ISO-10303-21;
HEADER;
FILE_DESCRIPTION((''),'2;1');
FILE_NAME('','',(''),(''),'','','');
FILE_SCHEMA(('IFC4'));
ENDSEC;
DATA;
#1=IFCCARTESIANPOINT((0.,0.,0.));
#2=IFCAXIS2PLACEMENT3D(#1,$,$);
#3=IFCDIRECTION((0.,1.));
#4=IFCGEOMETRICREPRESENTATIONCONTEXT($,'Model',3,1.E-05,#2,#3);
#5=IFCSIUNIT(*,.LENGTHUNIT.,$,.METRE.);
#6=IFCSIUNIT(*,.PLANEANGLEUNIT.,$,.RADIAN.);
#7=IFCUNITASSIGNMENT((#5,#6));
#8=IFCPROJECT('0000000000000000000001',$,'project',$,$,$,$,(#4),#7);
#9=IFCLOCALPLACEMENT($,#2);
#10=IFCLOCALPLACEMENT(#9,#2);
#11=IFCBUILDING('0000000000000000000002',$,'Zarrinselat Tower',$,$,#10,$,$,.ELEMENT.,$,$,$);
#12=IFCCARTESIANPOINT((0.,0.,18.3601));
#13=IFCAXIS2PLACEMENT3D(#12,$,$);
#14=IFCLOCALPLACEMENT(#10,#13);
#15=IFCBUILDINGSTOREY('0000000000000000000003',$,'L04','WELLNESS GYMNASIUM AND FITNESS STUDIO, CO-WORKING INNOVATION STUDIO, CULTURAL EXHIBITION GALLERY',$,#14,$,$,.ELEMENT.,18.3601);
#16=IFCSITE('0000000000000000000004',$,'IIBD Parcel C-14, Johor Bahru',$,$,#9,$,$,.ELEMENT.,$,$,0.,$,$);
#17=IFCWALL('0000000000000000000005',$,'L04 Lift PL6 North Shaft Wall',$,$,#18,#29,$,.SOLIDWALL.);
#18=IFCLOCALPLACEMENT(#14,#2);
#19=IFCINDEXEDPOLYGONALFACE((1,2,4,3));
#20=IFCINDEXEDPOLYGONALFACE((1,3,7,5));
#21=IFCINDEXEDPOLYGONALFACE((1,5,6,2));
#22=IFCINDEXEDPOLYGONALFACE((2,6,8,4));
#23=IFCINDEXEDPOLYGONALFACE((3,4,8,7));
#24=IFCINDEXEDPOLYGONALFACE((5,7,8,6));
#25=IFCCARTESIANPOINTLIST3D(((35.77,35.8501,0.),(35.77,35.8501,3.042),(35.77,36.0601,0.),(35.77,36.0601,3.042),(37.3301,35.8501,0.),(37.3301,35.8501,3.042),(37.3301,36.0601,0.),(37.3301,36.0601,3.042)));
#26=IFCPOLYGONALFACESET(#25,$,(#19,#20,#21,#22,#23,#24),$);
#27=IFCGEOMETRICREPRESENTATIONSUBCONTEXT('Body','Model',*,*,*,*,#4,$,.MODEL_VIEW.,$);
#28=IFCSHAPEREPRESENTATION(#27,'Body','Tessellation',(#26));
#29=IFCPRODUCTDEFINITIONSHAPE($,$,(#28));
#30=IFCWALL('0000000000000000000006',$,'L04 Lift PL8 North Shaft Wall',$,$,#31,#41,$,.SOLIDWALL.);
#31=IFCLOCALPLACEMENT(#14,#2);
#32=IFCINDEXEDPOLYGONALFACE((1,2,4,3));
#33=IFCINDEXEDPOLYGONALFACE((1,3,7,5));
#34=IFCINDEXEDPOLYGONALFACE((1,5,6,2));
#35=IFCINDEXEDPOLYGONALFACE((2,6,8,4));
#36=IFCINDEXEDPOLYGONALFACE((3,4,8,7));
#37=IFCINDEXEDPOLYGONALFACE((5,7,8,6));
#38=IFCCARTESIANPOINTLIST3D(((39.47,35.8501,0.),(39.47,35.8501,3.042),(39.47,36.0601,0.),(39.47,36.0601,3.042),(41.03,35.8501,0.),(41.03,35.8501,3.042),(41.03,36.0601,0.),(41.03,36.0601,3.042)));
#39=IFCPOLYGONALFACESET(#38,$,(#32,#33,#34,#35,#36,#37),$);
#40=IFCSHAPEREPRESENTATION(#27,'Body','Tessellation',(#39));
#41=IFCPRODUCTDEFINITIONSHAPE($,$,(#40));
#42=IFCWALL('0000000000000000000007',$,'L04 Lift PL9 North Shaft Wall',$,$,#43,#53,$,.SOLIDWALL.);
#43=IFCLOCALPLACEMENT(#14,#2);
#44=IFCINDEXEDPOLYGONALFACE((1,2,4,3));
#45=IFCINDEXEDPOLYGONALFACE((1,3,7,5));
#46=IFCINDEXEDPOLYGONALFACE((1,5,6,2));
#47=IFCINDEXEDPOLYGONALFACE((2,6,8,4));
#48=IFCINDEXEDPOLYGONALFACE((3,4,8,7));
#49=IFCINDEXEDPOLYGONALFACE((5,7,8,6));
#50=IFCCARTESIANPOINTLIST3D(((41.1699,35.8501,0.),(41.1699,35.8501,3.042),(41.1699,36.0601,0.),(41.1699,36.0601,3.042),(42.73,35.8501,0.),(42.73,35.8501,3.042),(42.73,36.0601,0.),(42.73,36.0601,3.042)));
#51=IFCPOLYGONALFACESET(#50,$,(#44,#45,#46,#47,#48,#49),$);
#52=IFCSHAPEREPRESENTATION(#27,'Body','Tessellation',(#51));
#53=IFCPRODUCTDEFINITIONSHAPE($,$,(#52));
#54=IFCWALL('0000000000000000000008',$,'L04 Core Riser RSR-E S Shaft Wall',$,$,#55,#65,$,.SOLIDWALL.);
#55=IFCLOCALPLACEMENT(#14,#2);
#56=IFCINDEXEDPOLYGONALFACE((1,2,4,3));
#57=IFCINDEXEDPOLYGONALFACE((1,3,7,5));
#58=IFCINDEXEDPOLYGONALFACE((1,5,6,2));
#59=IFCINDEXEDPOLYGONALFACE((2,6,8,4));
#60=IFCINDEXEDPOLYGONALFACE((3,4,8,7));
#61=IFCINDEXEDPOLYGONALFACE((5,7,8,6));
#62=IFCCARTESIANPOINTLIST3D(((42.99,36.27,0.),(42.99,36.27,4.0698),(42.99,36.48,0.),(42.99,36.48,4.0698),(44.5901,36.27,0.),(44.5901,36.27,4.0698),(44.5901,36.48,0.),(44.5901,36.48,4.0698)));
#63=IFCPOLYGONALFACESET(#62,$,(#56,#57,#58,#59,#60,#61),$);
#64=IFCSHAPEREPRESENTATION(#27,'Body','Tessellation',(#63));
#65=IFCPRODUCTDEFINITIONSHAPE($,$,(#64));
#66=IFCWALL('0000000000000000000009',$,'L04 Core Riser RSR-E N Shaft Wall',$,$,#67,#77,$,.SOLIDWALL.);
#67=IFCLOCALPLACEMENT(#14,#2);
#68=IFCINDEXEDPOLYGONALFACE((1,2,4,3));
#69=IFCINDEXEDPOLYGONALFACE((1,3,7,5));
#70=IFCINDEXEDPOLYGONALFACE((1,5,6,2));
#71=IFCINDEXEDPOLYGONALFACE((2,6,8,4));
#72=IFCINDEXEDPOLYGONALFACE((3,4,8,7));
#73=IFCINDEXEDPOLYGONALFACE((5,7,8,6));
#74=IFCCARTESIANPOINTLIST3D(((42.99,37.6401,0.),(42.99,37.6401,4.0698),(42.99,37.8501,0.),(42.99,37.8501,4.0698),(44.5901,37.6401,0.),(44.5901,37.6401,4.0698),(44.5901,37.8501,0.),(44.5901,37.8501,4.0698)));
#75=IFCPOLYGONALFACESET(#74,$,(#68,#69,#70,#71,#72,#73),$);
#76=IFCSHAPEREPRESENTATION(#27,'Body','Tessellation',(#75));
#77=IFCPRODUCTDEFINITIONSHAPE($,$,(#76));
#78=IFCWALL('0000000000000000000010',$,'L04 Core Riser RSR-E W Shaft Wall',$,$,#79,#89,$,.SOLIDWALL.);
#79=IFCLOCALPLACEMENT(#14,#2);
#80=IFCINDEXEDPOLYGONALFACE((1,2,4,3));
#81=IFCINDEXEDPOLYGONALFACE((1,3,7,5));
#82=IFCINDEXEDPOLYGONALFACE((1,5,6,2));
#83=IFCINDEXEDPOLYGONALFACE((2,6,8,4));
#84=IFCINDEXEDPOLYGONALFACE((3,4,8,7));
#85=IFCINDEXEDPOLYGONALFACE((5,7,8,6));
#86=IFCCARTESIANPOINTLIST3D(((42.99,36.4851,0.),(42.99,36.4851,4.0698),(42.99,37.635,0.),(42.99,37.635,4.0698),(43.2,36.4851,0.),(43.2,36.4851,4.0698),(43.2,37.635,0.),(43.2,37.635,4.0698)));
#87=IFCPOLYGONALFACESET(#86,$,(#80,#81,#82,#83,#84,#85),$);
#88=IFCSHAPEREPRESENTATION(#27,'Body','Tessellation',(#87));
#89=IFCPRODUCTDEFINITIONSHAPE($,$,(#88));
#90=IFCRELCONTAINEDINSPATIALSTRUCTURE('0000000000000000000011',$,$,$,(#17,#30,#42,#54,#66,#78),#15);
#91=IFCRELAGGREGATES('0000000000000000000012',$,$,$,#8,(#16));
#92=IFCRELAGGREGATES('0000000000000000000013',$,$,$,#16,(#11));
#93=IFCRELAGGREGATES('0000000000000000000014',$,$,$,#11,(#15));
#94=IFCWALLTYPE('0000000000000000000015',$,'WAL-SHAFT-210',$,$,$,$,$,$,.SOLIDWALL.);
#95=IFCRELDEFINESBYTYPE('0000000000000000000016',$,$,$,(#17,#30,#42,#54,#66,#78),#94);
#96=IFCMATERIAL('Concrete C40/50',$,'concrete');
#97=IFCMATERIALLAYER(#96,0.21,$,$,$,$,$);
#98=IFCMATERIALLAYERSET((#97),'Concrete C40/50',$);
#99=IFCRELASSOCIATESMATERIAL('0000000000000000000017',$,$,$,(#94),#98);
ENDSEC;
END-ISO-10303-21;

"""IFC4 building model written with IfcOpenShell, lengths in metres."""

from ifc_helpers import new_model, si_unit, direction, frame, frame_2d, origin, place, context, subcontext, project, spatial, rectangle, extrude, material, layer, layer_set, type_object, element, save


model = new_model("IFC4")

# Units and contexts
model_context = context("Model", 3, precision=1e-05, world=origin(), true_north=direction((0.0, 1.0)))
body_context = subcontext(model_context, "Body", "Model", "MODEL_VIEW")
ifc_project = project(units=[si_unit("LENGTHUNIT", "METRE"), si_unit("PLANEANGLEUNIT", "RADIAN")], contexts=[model_context])

# Site, building, storey
site_placement = place(None, origin())
site = spatial("IfcSite", under=ifc_project, at=site_placement, Name="IIBD Parcel C-14, Johor Bahru", CompositionType="ELEMENT", RefElevation=0.0)
building_placement = place(site_placement, origin())
building = spatial("IfcBuilding", under=site, at=building_placement, Name="Zarrinselat Tower", CompositionType="ELEMENT")
storey_placement = place(building_placement, frame((0.0, 0.0, 18.3601)))
storey = spatial("IfcBuildingStorey", under=building, at=storey_placement, Name="L04", Description="WELLNESS GYMNASIUM AND FITNESS STUDIO, CO-WORKING INNOVATION STUDIO, CULTURAL EXHIBITION GALLERY", CompositionType="ELEMENT", Elevation=18.3601)

# Walls
ifc_material_1 = material(Name="Concrete C40/50", Category="concrete")
ifc_layer_1 = layer(ifc_material_1, 0.21)
ifc_layer_set_1 = layer_set([ifc_layer_1], Name="Concrete C40/50")
wall_type_1 = type_object("IfcWallType", Name="WAL-SHAFT-210", PredefinedType="SOLIDWALL", material=ifc_layer_set_1)
for number, where, z_axis, x_axis, name in (
    (1, (35.77, 35.9551, 0.0), (0.0, 0.0, 1.0), (1.0, 0.0, 0.0), "L04 Lift PL6 North Shaft Wall"),
    (2, (39.47, 35.9551, 0.0), (0.0, 0.0, 1.0), (1.0, 0.0, 0.0), "L04 Lift PL8 North Shaft Wall"),
    (3, (41.1699, 35.9551, 0.0), (0.0, 0.0, 1.0), (1.0, 0.0, 0.0), "L04 Lift PL9 North Shaft Wall"),
):
    element("IfcWall", number, at=place(storey_placement, frame(where, z_axis=z_axis, x_axis=x_axis)), inside=storey, type_object=wall_type_1, Name=name, PredefinedType="SOLIDWALL", context=body_context, shape_type="SweptSolid", body=[
        extrude(rectangle(XDim=1.5601, YDim=0.21, at=frame_2d((0.78, 0.0))), origin(), (0.0, 0.0, 1.0), 3.042),
    ])
for number, where, z_axis, x_axis, name in (
    (4, (42.99, 36.375, 0.0), (0.0, 0.0, 1.0), (1.0, 0.0, 0.0), "L04 Core Riser RSR-E S Shaft Wall"),
    (5, (42.99, 37.7451, 0.0), (0.0, 0.0, 1.0), (1.0, 0.0, 0.0), "L04 Core Riser RSR-E N Shaft Wall"),
):
    element("IfcWall", number, at=place(storey_placement, frame(where, z_axis=z_axis, x_axis=x_axis)), inside=storey, type_object=wall_type_1, Name=name, PredefinedType="SOLIDWALL", context=body_context, shape_type="SweptSolid", body=[
        extrude(rectangle(XDim=1.6001, YDim=0.21, at=frame_2d((0.8, 0.0))), origin(), (0.0, 0.0, 1.0), 4.0698),
    ])
wall_1_placement = place(storey_placement, frame((43.095, 36.4851, 0.0), z_axis=(0.0, 0.0, 1.0), x_axis=(0.0, 1.0, 0.0)))
element("IfcWall", 6, at=wall_1_placement, inside=storey, type_object=wall_type_1, Name="L04 Core Riser RSR-E W Shaft Wall", PredefinedType="SOLIDWALL", context=body_context, shape_type="SweptSolid", body=[
    extrude(rectangle(XDim=1.1499, YDim=0.21, at=frame_2d((0.575, 0.0))), origin(), (0.0, 0.0, 1.0), 4.0698),
])

save(model, "model.ifc")
